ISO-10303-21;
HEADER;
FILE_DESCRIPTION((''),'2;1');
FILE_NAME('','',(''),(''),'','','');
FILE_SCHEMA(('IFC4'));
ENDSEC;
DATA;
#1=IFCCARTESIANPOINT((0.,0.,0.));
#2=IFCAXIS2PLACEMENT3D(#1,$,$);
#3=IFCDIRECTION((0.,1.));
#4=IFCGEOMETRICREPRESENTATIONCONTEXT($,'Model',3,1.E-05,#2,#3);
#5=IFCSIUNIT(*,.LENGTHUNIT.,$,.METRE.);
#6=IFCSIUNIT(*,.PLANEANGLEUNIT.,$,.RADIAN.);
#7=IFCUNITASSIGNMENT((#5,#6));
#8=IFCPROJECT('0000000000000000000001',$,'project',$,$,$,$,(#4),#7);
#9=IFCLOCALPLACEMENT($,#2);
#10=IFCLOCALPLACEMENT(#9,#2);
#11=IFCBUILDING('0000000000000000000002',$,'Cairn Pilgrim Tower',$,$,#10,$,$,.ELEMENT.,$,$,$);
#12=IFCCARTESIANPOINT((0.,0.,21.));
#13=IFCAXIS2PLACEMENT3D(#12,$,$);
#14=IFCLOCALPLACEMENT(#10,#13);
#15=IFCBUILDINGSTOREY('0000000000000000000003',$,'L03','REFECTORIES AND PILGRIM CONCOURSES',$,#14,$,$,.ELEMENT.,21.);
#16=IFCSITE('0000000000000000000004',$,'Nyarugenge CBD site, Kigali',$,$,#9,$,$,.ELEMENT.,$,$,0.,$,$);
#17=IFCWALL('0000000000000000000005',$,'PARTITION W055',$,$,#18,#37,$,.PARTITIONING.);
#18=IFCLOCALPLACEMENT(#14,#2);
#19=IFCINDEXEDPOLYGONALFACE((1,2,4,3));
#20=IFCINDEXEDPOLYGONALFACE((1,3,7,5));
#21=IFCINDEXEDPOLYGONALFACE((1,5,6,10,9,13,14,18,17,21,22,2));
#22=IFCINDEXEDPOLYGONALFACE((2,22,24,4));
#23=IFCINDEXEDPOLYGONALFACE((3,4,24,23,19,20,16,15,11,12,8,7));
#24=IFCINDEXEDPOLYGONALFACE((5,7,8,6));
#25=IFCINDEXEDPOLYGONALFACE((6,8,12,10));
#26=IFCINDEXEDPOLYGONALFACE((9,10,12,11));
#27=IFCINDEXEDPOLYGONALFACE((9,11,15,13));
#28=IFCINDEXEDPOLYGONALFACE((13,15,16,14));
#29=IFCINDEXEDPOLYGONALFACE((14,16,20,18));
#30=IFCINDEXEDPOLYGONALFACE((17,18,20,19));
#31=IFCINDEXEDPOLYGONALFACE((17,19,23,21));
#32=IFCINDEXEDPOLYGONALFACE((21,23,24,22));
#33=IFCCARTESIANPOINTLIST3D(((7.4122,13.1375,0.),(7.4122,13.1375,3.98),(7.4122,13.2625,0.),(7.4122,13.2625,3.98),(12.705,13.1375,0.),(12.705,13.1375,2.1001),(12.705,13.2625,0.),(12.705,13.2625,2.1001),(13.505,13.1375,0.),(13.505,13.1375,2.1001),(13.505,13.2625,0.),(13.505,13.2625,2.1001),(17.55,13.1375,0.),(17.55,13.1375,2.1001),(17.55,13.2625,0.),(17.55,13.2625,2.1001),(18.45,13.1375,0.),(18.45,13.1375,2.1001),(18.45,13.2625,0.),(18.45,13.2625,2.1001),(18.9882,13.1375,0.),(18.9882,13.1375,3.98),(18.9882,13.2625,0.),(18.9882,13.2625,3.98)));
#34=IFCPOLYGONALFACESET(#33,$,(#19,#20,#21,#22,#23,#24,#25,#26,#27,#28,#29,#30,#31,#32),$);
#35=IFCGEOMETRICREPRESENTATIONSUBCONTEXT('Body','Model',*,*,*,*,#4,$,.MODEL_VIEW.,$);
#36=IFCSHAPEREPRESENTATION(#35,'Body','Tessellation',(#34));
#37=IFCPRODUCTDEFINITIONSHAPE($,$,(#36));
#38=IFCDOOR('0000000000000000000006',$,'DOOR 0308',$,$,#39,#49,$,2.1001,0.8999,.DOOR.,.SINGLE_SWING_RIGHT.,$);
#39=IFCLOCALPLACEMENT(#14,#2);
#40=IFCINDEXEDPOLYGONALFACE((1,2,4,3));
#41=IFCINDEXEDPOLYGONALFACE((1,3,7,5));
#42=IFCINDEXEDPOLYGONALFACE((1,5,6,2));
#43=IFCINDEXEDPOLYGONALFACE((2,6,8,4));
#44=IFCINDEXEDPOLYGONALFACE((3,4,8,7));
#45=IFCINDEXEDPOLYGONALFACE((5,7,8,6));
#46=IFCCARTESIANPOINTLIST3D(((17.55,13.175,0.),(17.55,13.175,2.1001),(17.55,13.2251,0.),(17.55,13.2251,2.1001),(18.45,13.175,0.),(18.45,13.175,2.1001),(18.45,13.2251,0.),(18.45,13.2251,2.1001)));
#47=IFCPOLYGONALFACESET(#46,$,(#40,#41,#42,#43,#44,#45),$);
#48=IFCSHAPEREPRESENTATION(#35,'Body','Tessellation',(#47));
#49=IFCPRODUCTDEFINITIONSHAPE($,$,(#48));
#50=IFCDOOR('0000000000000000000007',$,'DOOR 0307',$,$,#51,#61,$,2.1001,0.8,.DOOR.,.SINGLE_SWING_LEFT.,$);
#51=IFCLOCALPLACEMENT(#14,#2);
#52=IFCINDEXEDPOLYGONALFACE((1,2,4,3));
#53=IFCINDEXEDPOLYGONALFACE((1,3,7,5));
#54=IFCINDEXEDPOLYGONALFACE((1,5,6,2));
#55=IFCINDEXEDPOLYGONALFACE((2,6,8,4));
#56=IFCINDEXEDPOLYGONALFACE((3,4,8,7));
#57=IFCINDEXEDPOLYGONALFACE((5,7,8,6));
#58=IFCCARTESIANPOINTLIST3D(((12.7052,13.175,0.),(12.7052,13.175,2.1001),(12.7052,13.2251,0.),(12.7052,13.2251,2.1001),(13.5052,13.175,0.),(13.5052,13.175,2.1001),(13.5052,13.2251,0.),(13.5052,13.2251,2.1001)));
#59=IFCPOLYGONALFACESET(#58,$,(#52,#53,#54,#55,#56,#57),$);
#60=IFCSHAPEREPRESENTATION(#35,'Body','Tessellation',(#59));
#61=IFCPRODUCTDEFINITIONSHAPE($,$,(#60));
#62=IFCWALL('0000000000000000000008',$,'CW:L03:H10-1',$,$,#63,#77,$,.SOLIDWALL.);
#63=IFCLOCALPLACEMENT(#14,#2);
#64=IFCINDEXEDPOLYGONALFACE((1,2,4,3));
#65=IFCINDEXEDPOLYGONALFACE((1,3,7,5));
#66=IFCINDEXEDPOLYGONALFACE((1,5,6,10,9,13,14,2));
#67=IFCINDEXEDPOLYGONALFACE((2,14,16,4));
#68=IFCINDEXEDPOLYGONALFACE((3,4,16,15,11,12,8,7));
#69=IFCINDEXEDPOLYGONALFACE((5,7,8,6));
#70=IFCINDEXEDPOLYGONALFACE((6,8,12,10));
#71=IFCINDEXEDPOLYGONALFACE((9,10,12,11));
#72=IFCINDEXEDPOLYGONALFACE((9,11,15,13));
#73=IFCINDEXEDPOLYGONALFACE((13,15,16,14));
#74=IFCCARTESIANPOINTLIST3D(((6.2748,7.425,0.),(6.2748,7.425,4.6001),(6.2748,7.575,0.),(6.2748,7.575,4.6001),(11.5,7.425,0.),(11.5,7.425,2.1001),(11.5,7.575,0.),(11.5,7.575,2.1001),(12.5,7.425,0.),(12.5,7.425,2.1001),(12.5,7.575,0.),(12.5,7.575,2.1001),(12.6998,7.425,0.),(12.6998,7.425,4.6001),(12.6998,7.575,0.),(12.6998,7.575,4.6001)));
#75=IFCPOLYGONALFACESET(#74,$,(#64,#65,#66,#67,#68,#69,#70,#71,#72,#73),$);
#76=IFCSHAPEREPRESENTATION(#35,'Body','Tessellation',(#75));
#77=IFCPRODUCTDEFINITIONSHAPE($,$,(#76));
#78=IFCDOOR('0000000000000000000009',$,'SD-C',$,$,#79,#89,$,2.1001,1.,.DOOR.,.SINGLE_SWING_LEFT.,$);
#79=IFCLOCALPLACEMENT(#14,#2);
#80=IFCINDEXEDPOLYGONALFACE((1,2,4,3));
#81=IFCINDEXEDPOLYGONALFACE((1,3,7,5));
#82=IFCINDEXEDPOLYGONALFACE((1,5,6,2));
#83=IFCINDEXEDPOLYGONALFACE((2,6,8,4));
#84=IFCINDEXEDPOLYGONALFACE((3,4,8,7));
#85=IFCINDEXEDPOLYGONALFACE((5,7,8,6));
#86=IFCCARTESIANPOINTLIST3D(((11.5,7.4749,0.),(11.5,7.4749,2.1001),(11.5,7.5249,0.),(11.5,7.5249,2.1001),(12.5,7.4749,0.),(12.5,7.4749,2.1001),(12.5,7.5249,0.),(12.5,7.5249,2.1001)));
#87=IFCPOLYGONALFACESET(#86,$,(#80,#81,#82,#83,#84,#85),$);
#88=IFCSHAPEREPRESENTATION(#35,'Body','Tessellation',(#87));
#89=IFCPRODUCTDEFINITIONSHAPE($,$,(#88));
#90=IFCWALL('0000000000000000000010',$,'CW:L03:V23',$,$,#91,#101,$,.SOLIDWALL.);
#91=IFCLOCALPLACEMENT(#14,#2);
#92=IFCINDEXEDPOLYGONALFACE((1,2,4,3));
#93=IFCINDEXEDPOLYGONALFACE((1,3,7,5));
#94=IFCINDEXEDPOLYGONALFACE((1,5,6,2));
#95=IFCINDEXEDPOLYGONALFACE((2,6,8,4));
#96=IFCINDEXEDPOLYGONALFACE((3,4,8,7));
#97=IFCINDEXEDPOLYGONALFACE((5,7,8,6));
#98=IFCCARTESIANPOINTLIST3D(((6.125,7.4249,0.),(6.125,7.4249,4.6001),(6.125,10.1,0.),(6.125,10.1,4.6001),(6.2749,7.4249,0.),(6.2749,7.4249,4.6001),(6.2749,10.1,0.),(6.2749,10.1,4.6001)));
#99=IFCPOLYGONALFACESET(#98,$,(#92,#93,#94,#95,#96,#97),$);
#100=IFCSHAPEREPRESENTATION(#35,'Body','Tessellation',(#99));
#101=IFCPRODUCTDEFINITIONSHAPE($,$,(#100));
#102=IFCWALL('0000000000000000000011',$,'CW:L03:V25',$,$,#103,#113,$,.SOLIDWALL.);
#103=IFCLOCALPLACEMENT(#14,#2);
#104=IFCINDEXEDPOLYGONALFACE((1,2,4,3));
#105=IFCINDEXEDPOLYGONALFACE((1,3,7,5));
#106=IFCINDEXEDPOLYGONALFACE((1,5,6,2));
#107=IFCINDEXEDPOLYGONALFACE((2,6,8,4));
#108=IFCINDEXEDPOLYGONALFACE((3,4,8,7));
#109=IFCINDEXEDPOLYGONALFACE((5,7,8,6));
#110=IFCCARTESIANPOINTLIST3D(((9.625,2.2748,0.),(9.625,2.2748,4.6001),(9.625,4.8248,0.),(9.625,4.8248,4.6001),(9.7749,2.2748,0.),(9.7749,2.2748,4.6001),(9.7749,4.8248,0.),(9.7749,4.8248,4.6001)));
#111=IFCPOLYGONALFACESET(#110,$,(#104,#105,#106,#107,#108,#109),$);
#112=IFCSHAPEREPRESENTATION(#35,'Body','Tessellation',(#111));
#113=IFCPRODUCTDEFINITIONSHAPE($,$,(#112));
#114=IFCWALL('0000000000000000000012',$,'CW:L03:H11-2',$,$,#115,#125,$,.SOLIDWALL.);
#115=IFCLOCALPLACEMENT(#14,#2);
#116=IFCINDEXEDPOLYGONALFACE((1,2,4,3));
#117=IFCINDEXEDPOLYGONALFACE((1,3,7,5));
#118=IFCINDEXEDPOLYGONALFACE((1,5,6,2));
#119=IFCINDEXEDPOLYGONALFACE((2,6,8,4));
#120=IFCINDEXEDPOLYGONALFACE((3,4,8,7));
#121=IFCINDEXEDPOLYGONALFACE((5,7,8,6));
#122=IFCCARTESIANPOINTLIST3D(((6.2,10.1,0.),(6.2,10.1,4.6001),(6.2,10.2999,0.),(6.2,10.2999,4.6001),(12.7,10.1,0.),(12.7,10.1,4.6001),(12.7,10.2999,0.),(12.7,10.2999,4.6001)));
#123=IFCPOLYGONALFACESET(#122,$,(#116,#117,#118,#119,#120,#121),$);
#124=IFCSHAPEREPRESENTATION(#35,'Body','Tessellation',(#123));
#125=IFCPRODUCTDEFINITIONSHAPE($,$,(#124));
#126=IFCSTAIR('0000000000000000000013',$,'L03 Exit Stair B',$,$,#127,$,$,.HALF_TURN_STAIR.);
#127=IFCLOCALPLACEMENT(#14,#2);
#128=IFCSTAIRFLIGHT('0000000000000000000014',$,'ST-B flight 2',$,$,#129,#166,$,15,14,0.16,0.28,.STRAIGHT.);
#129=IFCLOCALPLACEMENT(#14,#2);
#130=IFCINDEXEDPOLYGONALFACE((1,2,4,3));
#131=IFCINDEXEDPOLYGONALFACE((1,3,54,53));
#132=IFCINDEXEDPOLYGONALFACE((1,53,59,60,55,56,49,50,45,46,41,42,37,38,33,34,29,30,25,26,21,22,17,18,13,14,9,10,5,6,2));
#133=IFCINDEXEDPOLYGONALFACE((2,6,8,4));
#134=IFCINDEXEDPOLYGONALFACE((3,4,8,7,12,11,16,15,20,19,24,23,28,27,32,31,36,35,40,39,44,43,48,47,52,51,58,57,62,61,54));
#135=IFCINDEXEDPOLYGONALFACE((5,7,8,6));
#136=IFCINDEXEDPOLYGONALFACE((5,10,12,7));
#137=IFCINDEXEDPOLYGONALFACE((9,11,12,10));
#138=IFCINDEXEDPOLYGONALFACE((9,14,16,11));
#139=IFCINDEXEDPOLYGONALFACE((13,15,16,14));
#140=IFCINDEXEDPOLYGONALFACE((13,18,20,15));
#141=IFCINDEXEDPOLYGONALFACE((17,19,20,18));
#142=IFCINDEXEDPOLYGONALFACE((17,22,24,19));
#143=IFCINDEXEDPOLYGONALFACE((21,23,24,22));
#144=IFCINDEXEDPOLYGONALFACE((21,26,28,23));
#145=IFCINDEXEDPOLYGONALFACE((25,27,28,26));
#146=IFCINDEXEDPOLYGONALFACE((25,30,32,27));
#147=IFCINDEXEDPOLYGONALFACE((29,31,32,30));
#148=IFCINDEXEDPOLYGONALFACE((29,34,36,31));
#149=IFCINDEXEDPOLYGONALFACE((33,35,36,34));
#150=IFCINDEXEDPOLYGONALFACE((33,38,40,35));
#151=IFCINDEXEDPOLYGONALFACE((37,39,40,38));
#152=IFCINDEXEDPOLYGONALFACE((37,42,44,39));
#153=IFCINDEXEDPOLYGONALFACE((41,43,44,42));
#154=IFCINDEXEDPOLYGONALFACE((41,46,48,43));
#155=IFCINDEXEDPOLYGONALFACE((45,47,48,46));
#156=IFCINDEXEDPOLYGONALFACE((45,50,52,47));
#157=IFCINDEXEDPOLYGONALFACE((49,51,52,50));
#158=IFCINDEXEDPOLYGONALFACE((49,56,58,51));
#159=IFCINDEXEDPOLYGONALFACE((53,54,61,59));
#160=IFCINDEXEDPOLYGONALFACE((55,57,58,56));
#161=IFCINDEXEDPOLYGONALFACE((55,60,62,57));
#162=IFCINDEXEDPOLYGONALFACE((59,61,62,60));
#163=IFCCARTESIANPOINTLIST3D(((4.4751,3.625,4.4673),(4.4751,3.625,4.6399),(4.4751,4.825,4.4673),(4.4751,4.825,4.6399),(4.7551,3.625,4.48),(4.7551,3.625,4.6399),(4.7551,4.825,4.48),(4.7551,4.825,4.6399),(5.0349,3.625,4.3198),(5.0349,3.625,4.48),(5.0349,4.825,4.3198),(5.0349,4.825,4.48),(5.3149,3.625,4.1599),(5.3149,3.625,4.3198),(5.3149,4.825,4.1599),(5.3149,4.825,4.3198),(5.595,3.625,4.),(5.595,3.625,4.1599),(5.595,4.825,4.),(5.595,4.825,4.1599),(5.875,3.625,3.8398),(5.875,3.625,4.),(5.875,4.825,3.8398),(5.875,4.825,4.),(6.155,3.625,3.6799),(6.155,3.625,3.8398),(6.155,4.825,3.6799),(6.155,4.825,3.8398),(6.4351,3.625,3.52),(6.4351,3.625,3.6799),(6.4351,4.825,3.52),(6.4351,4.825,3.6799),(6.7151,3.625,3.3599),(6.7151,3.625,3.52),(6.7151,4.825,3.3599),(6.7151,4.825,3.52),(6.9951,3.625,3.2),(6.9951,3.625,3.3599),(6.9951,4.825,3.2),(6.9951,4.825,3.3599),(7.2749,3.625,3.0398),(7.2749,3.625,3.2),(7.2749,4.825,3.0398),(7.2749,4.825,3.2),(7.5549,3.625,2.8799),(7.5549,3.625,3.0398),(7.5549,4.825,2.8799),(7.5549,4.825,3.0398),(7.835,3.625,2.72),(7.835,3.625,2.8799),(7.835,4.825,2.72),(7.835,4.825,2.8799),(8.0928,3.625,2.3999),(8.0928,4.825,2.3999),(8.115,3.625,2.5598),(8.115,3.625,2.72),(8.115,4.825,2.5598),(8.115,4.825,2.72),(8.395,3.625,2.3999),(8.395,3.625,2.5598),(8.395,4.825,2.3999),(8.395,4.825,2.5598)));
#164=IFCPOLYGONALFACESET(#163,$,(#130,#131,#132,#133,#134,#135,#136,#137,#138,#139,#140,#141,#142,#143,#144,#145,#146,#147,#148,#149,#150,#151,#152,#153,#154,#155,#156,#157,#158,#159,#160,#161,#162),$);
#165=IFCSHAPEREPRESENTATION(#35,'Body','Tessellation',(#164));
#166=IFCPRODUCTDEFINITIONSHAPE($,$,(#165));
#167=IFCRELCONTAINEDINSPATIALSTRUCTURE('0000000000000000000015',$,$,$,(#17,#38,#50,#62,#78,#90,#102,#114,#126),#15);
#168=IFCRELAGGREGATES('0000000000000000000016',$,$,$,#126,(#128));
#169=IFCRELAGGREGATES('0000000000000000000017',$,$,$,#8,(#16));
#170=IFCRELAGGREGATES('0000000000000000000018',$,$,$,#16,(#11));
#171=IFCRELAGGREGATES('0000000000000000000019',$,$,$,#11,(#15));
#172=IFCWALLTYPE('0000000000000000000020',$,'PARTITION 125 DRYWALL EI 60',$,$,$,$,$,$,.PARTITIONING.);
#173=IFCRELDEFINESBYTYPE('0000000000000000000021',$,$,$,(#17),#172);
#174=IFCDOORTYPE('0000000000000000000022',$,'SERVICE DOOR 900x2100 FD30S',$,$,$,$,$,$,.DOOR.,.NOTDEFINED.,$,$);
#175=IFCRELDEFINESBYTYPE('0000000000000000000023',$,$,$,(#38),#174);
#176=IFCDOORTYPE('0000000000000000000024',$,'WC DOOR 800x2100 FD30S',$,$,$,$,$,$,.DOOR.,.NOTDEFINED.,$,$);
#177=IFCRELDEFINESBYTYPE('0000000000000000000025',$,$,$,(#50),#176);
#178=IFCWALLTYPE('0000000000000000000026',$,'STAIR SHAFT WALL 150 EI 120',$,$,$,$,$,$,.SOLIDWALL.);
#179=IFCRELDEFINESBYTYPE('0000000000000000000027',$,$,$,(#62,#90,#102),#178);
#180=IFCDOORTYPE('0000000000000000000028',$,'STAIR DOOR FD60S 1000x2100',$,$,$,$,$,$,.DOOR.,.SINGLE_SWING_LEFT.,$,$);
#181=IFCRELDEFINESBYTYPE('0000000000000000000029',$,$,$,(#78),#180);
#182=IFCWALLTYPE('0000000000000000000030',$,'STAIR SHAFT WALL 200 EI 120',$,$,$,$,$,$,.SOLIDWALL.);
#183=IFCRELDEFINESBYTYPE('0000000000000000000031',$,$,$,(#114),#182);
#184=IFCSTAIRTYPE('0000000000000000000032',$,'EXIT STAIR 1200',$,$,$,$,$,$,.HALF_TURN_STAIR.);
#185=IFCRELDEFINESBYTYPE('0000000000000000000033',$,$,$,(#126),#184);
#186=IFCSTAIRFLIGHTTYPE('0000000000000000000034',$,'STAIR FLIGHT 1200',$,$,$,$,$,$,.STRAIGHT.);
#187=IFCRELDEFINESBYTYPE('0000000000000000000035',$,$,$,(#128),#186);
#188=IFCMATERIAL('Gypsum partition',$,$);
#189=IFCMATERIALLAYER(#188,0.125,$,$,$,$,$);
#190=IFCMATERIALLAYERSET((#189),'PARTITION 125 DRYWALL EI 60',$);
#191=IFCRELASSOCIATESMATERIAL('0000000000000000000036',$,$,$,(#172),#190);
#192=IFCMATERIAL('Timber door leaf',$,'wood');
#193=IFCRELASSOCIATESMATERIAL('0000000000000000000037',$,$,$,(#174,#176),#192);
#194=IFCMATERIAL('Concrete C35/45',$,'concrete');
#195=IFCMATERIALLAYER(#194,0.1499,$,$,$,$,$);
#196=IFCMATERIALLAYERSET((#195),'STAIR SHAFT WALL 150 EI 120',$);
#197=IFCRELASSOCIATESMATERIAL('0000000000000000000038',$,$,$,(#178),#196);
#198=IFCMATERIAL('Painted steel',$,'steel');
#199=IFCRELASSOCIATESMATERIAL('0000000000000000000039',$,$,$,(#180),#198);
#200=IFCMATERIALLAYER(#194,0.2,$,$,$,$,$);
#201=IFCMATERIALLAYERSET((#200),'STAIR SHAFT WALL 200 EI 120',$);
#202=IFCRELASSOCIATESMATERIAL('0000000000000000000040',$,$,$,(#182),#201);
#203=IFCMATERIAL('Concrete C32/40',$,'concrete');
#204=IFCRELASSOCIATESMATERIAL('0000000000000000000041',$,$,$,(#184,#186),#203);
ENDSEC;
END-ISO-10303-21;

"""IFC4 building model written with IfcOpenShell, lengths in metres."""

from ifc_helpers import new_model, si_unit, direction, frame, frame_2d, origin, place, context, subcontext, project, spatial, polyline, rectangle, outline, extrude, material, layer, layer_set, type_object, element, fill, aggregate, save


model = new_model("IFC4")

# Units and contexts
model_context = context("Model", 3, precision=1e-05, world=origin(), true_north=direction((0.0, 1.0)))
body_context = subcontext(model_context, "Body", "Model", "MODEL_VIEW")
ifc_project = project(units=[si_unit("LENGTHUNIT", "METRE"), si_unit("PLANEANGLEUNIT", "RADIAN")], contexts=[model_context])

# Site, building, storey
site_placement = place(None, origin())
site = spatial("IfcSite", under=ifc_project, at=site_placement, Name="Nyarugenge CBD site, Kigali", CompositionType="ELEMENT", RefElevation=0.0)
building_placement = place(site_placement, origin())
building = spatial("IfcBuilding", under=site, at=building_placement, Name="Cairn Pilgrim Tower", CompositionType="ELEMENT")
storey_placement = place(building_placement, frame((0.0, 0.0, 21.0)))
storey = spatial("IfcBuildingStorey", under=building, at=storey_placement, Name="L03", Description="REFECTORIES AND PILGRIM CONCOURSES", CompositionType="ELEMENT", Elevation=21.0)

# Shared definitions
ifc_material_1 = material(Name="Concrete C32/40", Category="concrete")
ifc_material_2 = material(Name="Painted steel", Category="steel")

# Wall, openings, doors
ifc_material_3 = material(Name="Gypsum partition")
ifc_layer_1 = layer(ifc_material_3, 0.125)
ifc_layer_set_1 = layer_set([ifc_layer_1], Name="PARTITION 125 DRYWALL EI 60")
wall_type_1 = type_object("IfcWallType", Name="PARTITION 125 DRYWALL EI 60", PredefinedType="PARTITIONING", material=ifc_layer_set_1)
wall_1_placement = place(storey_placement, frame((7.4121, 13.2, 0.0), z_axis=(0.0, 0.0, 1.0), x_axis=(1.0, 0.0, 0.0)))
wall_1 = element("IfcWall", 1, at=wall_1_placement, inside=storey, type_object=wall_type_1, Name="PARTITION W055", PredefinedType="PARTITIONING", context=body_context, shape_type="SweptSolid", body=[
    extrude(rectangle(XDim=11.5759, YDim=0.125, at=frame_2d((5.7881, 0.0))), origin(), (0.0, 0.0, 1.0), 3.98),
])
opening_1_placement = place(wall_1_placement, frame((5.293, 0.0, 0.0)))
opening_1 = element("IfcOpeningElement", 2, at=opening_1_placement, cuts=wall_1, PredefinedType="OPENING", context=body_context, shape_type="SweptSolid", body=[
    extrude(rectangle(XDim=0.8, YDim=2.1001, at=frame_2d((0.3999, 1.05))), frame((0.0, 0.0725, 0.0), z_axis=(0.0, -1.0, 0.0), x_axis=(1.0, 0.0, 0.0)), (0.0, 0.0, 1.0), 0.145),
])
opening_2_placement = place(wall_1_placement, frame((10.1379, 0.0, 0.0)))
opening_2 = element("IfcOpeningElement", 3, at=opening_2_placement, cuts=wall_1, PredefinedType="OPENING", context=body_context, shape_type="SweptSolid", body=[
    extrude(rectangle(XDim=0.8999, YDim=2.1001, at=frame_2d((0.45, 1.05))), frame((0.0, 0.0725, 0.0), z_axis=(0.0, -1.0, 0.0), x_axis=(1.0, 0.0, 0.0)), (0.0, 0.0, 1.0), 0.145),
])
ifc_material_4 = material(Name="Timber door leaf", Category="wood")
door_type_1 = type_object("IfcDoorType", Name="SERVICE DOOR 900x2100 FD30S", OperationType="NOTDEFINED", PredefinedType="DOOR", material=ifc_material_4)
door_1_placement = place(opening_2_placement, frame((0.8999, 0.0, 0.0), z_axis=(0.0, 0.0, 1.0), x_axis=(-1.0, 0.0, 0.0)))
door_1 = element("IfcDoor", 4, at=door_1_placement, inside=storey, type_object=door_type_1, Name="DOOR 0308", OperationType="SINGLE_SWING_RIGHT", OverallHeight=2.1001, OverallWidth=0.8999, PredefinedType="DOOR", context=body_context, shape_type="SweptSolid", body=[
    extrude(rectangle(XDim=0.8999, YDim=2.1001, at=frame_2d((0.45, 1.05))), frame((0.0, 0.0249, 0.0), z_axis=(0.0, -1.0, 0.0), x_axis=(1.0, 0.0, 0.0)), (0.0, 0.0, 1.0), 0.05),
])
fill(opening_2, door_1)
door_type_2 = type_object("IfcDoorType", Name="WC DOOR 800x2100 FD30S", OperationType="NOTDEFINED", PredefinedType="DOOR", material=ifc_material_4)
door_2_placement = place(opening_1_placement, frame((0.8, 0.0, 0.0), z_axis=(0.0, 0.0, 1.0), x_axis=(-1.0, 0.0, 0.0)))
door_2 = element("IfcDoor", 5, at=door_2_placement, inside=storey, type_object=door_type_2, Name="DOOR 0307", OperationType="SINGLE_SWING_LEFT", OverallHeight=2.1001, OverallWidth=0.8, PredefinedType="DOOR", context=body_context, shape_type="SweptSolid", body=[
    extrude(rectangle(XDim=0.8, YDim=2.1001, at=frame_2d((0.3999, 1.05))), frame((0.0, 0.0249, 0.0), z_axis=(0.0, -1.0, 0.0), x_axis=(1.0, 0.0, 0.0)), (0.0, 0.0, 1.0), 0.05),
])
fill(opening_1, door_2)

# Wall, opening, door
ifc_material_5 = material(Name="Concrete C35/45", Category="concrete")
ifc_layer_2 = layer(ifc_material_5, 0.1499)
ifc_layer_set_2 = layer_set([ifc_layer_2], Name="STAIR SHAFT WALL 150 EI 120")
wall_type_2 = type_object("IfcWallType", Name="STAIR SHAFT WALL 150 EI 120", PredefinedType="SOLIDWALL", material=ifc_layer_set_2)
wall_2_placement = place(storey_placement, frame((6.2749, 7.5, 0.0), z_axis=(0.0, 0.0, 1.0), x_axis=(1.0, 0.0, 0.0)))
wall_2 = element("IfcWall", 6, at=wall_2_placement, inside=storey, type_object=wall_type_2, Name="CW:L03:H10-1", PredefinedType="SOLIDWALL", context=body_context, shape_type="SweptSolid", body=[
    extrude(rectangle(XDim=6.425, YDim=0.1499, at=frame_2d((3.2124, 0.0))), origin(), (0.0, 0.0, 1.0), 4.6001),
])
opening_3_placement = place(wall_2_placement, frame((5.2251, 0.0, 0.0)))
opening_3 = element("IfcOpeningElement", 7, at=opening_3_placement, cuts=wall_2, PredefinedType="OPENING", context=body_context, shape_type="SweptSolid", body=[
    extrude(rectangle(XDim=1.0, YDim=2.1001, at=frame_2d((0.5, 1.05))), frame((0.0, 0.085, 0.0), z_axis=(0.0, -1.0, 0.0), x_axis=(1.0, 0.0, 0.0)), (0.0, 0.0, 1.0), 0.1699),
])
door_type_3 = type_object("IfcDoorType", Name="STAIR DOOR FD60S 1000x2100", OperationType="SINGLE_SWING_LEFT", PredefinedType="DOOR", material=ifc_material_2)
door_3_placement = place(opening_3_placement, origin())
door_3 = element("IfcDoor", 8, at=door_3_placement, inside=storey, type_object=door_type_3, Name="SD-C", OperationType="SINGLE_SWING_LEFT", OverallHeight=2.1001, OverallWidth=1.0, PredefinedType="DOOR", context=body_context, shape_type="SweptSolid", body=[
    extrude(rectangle(XDim=1.0, YDim=2.1001, at=frame_2d((0.5, 1.05))), frame((0.0, 0.0249, 0.0), z_axis=(0.0, -1.0, 0.0), x_axis=(1.0, 0.0, 0.0)), (0.0, 0.0, 1.0), 0.05),
])
fill(opening_3, door_3)

# Walls
wall_3_placement = place(storey_placement, frame((6.2, 7.425, 0.0), z_axis=(0.0, 0.0, 1.0), x_axis=(0.0, 1.0, 0.0)))
element("IfcWall", 9, at=wall_3_placement, inside=storey, type_object=wall_type_2, Name="CW:L03:V23", PredefinedType="SOLIDWALL", context=body_context, shape_type="SweptSolid", body=[
    extrude(rectangle(XDim=2.675, YDim=0.1499, at=frame_2d((1.3374, 0.0))), origin(), (0.0, 0.0, 1.0), 4.6001),
])
wall_4_placement = place(storey_placement, frame((9.7, 2.2749, 0.0), z_axis=(0.0, 0.0, 1.0), x_axis=(0.0, 1.0, 0.0)))
element("IfcWall", 10, at=wall_4_placement, inside=storey, type_object=wall_type_2, Name="CW:L03:V25", PredefinedType="SOLIDWALL", context=body_context, shape_type="SweptSolid", body=[
    extrude(rectangle(XDim=2.55, YDim=0.1499, at=frame_2d((1.2749, 0.0))), origin(), (0.0, 0.0, 1.0), 4.6001),
])
ifc_layer_3 = layer(ifc_material_5, 0.2)
ifc_layer_set_3 = layer_set([ifc_layer_3], Name="STAIR SHAFT WALL 200 EI 120")
wall_type_3 = type_object("IfcWallType", Name="STAIR SHAFT WALL 200 EI 120", PredefinedType="SOLIDWALL", material=ifc_layer_set_3)
wall_5_placement = place(storey_placement, frame((6.2, 10.2, 0.0), z_axis=(0.0, 0.0, 1.0), x_axis=(1.0, 0.0, 0.0)))
element("IfcWall", 11, at=wall_5_placement, inside=storey, type_object=wall_type_3, Name="CW:L03:H11-2", PredefinedType="SOLIDWALL", context=body_context, shape_type="SweptSolid", body=[
    extrude(rectangle(XDim=6.5, YDim=0.2, at=frame_2d((3.25, 0.0))), origin(), (0.0, 0.0, 1.0), 4.6001),
])

# Stair, stair flight
stair_type = type_object("IfcStairType", Name="EXIT STAIR 1200", PredefinedType="HALF_TURN_STAIR", material=ifc_material_1)
stair_1_placement = place(storey_placement, origin())
stair_1 = element("IfcStair", 12, at=stair_1_placement, inside=storey, type_object=stair_type, Name="L03 Exit Stair B", PredefinedType="HALF_TURN_STAIR")
stair_flight_type = type_object("IfcStairFlightType", Name="STAIR FLIGHT 1200", PredefinedType="STRAIGHT", material=ifc_material_1)
stair_flight_1_placement = place(storey_placement, frame((8.395, 4.2251, 2.3999), z_axis=(0.0, 0.0, 1.0), x_axis=(-1.0, 0.0, 0.0)))
stair_flight_1 = element("IfcStairFlight", 13, at=stair_flight_1_placement, type_object=stair_flight_type, Name="ST-B flight 2", NumberOfRisers=15, NumberOfTreads=14, PredefinedType="STRAIGHT", RiserHeight=0.16, TreadLength=0.28, context=body_context, shape_type="SweptSolid", body=[
    extrude(outline(polyline([(0.0, 0.0), (0.0, 0.1599), (0.28, 0.1599), (0.28, 0.3201), (0.5601, 0.3201), (0.5601, 0.48), (0.8401, 0.48), (0.8401, 0.6399), (1.1201, 0.6399), (1.1201, 0.8), (1.3999, 0.8), (1.3999, 0.96), (1.6799, 0.96), (1.6799, 1.1201), (1.96, 1.1201), (1.96, 1.28), (2.24, 1.28), (2.24, 1.4399), (2.52, 1.4399), (2.52, 1.6001), (2.8, 1.6001), (2.8, 1.76), (3.0801, 1.76), (3.0801, 1.9199), (3.3601, 1.9199), (3.3601, 2.0801), (3.6399, 2.0801), (3.6399, 2.24), (3.9199, 2.24), (3.9199, 2.3999), (3.9199, 2.0674), (0.3022, 0.0), (0.0, 0.0)])), frame((0.0, 0.6001, 0.0), z_axis=(0.0, -1.0, 0.0), x_axis=(1.0, 0.0, 0.0)), (0.0, 0.0, 1.0), 1.2),
])
aggregate(stair_1, [stair_flight_1])

save(model, "model.ifc")
